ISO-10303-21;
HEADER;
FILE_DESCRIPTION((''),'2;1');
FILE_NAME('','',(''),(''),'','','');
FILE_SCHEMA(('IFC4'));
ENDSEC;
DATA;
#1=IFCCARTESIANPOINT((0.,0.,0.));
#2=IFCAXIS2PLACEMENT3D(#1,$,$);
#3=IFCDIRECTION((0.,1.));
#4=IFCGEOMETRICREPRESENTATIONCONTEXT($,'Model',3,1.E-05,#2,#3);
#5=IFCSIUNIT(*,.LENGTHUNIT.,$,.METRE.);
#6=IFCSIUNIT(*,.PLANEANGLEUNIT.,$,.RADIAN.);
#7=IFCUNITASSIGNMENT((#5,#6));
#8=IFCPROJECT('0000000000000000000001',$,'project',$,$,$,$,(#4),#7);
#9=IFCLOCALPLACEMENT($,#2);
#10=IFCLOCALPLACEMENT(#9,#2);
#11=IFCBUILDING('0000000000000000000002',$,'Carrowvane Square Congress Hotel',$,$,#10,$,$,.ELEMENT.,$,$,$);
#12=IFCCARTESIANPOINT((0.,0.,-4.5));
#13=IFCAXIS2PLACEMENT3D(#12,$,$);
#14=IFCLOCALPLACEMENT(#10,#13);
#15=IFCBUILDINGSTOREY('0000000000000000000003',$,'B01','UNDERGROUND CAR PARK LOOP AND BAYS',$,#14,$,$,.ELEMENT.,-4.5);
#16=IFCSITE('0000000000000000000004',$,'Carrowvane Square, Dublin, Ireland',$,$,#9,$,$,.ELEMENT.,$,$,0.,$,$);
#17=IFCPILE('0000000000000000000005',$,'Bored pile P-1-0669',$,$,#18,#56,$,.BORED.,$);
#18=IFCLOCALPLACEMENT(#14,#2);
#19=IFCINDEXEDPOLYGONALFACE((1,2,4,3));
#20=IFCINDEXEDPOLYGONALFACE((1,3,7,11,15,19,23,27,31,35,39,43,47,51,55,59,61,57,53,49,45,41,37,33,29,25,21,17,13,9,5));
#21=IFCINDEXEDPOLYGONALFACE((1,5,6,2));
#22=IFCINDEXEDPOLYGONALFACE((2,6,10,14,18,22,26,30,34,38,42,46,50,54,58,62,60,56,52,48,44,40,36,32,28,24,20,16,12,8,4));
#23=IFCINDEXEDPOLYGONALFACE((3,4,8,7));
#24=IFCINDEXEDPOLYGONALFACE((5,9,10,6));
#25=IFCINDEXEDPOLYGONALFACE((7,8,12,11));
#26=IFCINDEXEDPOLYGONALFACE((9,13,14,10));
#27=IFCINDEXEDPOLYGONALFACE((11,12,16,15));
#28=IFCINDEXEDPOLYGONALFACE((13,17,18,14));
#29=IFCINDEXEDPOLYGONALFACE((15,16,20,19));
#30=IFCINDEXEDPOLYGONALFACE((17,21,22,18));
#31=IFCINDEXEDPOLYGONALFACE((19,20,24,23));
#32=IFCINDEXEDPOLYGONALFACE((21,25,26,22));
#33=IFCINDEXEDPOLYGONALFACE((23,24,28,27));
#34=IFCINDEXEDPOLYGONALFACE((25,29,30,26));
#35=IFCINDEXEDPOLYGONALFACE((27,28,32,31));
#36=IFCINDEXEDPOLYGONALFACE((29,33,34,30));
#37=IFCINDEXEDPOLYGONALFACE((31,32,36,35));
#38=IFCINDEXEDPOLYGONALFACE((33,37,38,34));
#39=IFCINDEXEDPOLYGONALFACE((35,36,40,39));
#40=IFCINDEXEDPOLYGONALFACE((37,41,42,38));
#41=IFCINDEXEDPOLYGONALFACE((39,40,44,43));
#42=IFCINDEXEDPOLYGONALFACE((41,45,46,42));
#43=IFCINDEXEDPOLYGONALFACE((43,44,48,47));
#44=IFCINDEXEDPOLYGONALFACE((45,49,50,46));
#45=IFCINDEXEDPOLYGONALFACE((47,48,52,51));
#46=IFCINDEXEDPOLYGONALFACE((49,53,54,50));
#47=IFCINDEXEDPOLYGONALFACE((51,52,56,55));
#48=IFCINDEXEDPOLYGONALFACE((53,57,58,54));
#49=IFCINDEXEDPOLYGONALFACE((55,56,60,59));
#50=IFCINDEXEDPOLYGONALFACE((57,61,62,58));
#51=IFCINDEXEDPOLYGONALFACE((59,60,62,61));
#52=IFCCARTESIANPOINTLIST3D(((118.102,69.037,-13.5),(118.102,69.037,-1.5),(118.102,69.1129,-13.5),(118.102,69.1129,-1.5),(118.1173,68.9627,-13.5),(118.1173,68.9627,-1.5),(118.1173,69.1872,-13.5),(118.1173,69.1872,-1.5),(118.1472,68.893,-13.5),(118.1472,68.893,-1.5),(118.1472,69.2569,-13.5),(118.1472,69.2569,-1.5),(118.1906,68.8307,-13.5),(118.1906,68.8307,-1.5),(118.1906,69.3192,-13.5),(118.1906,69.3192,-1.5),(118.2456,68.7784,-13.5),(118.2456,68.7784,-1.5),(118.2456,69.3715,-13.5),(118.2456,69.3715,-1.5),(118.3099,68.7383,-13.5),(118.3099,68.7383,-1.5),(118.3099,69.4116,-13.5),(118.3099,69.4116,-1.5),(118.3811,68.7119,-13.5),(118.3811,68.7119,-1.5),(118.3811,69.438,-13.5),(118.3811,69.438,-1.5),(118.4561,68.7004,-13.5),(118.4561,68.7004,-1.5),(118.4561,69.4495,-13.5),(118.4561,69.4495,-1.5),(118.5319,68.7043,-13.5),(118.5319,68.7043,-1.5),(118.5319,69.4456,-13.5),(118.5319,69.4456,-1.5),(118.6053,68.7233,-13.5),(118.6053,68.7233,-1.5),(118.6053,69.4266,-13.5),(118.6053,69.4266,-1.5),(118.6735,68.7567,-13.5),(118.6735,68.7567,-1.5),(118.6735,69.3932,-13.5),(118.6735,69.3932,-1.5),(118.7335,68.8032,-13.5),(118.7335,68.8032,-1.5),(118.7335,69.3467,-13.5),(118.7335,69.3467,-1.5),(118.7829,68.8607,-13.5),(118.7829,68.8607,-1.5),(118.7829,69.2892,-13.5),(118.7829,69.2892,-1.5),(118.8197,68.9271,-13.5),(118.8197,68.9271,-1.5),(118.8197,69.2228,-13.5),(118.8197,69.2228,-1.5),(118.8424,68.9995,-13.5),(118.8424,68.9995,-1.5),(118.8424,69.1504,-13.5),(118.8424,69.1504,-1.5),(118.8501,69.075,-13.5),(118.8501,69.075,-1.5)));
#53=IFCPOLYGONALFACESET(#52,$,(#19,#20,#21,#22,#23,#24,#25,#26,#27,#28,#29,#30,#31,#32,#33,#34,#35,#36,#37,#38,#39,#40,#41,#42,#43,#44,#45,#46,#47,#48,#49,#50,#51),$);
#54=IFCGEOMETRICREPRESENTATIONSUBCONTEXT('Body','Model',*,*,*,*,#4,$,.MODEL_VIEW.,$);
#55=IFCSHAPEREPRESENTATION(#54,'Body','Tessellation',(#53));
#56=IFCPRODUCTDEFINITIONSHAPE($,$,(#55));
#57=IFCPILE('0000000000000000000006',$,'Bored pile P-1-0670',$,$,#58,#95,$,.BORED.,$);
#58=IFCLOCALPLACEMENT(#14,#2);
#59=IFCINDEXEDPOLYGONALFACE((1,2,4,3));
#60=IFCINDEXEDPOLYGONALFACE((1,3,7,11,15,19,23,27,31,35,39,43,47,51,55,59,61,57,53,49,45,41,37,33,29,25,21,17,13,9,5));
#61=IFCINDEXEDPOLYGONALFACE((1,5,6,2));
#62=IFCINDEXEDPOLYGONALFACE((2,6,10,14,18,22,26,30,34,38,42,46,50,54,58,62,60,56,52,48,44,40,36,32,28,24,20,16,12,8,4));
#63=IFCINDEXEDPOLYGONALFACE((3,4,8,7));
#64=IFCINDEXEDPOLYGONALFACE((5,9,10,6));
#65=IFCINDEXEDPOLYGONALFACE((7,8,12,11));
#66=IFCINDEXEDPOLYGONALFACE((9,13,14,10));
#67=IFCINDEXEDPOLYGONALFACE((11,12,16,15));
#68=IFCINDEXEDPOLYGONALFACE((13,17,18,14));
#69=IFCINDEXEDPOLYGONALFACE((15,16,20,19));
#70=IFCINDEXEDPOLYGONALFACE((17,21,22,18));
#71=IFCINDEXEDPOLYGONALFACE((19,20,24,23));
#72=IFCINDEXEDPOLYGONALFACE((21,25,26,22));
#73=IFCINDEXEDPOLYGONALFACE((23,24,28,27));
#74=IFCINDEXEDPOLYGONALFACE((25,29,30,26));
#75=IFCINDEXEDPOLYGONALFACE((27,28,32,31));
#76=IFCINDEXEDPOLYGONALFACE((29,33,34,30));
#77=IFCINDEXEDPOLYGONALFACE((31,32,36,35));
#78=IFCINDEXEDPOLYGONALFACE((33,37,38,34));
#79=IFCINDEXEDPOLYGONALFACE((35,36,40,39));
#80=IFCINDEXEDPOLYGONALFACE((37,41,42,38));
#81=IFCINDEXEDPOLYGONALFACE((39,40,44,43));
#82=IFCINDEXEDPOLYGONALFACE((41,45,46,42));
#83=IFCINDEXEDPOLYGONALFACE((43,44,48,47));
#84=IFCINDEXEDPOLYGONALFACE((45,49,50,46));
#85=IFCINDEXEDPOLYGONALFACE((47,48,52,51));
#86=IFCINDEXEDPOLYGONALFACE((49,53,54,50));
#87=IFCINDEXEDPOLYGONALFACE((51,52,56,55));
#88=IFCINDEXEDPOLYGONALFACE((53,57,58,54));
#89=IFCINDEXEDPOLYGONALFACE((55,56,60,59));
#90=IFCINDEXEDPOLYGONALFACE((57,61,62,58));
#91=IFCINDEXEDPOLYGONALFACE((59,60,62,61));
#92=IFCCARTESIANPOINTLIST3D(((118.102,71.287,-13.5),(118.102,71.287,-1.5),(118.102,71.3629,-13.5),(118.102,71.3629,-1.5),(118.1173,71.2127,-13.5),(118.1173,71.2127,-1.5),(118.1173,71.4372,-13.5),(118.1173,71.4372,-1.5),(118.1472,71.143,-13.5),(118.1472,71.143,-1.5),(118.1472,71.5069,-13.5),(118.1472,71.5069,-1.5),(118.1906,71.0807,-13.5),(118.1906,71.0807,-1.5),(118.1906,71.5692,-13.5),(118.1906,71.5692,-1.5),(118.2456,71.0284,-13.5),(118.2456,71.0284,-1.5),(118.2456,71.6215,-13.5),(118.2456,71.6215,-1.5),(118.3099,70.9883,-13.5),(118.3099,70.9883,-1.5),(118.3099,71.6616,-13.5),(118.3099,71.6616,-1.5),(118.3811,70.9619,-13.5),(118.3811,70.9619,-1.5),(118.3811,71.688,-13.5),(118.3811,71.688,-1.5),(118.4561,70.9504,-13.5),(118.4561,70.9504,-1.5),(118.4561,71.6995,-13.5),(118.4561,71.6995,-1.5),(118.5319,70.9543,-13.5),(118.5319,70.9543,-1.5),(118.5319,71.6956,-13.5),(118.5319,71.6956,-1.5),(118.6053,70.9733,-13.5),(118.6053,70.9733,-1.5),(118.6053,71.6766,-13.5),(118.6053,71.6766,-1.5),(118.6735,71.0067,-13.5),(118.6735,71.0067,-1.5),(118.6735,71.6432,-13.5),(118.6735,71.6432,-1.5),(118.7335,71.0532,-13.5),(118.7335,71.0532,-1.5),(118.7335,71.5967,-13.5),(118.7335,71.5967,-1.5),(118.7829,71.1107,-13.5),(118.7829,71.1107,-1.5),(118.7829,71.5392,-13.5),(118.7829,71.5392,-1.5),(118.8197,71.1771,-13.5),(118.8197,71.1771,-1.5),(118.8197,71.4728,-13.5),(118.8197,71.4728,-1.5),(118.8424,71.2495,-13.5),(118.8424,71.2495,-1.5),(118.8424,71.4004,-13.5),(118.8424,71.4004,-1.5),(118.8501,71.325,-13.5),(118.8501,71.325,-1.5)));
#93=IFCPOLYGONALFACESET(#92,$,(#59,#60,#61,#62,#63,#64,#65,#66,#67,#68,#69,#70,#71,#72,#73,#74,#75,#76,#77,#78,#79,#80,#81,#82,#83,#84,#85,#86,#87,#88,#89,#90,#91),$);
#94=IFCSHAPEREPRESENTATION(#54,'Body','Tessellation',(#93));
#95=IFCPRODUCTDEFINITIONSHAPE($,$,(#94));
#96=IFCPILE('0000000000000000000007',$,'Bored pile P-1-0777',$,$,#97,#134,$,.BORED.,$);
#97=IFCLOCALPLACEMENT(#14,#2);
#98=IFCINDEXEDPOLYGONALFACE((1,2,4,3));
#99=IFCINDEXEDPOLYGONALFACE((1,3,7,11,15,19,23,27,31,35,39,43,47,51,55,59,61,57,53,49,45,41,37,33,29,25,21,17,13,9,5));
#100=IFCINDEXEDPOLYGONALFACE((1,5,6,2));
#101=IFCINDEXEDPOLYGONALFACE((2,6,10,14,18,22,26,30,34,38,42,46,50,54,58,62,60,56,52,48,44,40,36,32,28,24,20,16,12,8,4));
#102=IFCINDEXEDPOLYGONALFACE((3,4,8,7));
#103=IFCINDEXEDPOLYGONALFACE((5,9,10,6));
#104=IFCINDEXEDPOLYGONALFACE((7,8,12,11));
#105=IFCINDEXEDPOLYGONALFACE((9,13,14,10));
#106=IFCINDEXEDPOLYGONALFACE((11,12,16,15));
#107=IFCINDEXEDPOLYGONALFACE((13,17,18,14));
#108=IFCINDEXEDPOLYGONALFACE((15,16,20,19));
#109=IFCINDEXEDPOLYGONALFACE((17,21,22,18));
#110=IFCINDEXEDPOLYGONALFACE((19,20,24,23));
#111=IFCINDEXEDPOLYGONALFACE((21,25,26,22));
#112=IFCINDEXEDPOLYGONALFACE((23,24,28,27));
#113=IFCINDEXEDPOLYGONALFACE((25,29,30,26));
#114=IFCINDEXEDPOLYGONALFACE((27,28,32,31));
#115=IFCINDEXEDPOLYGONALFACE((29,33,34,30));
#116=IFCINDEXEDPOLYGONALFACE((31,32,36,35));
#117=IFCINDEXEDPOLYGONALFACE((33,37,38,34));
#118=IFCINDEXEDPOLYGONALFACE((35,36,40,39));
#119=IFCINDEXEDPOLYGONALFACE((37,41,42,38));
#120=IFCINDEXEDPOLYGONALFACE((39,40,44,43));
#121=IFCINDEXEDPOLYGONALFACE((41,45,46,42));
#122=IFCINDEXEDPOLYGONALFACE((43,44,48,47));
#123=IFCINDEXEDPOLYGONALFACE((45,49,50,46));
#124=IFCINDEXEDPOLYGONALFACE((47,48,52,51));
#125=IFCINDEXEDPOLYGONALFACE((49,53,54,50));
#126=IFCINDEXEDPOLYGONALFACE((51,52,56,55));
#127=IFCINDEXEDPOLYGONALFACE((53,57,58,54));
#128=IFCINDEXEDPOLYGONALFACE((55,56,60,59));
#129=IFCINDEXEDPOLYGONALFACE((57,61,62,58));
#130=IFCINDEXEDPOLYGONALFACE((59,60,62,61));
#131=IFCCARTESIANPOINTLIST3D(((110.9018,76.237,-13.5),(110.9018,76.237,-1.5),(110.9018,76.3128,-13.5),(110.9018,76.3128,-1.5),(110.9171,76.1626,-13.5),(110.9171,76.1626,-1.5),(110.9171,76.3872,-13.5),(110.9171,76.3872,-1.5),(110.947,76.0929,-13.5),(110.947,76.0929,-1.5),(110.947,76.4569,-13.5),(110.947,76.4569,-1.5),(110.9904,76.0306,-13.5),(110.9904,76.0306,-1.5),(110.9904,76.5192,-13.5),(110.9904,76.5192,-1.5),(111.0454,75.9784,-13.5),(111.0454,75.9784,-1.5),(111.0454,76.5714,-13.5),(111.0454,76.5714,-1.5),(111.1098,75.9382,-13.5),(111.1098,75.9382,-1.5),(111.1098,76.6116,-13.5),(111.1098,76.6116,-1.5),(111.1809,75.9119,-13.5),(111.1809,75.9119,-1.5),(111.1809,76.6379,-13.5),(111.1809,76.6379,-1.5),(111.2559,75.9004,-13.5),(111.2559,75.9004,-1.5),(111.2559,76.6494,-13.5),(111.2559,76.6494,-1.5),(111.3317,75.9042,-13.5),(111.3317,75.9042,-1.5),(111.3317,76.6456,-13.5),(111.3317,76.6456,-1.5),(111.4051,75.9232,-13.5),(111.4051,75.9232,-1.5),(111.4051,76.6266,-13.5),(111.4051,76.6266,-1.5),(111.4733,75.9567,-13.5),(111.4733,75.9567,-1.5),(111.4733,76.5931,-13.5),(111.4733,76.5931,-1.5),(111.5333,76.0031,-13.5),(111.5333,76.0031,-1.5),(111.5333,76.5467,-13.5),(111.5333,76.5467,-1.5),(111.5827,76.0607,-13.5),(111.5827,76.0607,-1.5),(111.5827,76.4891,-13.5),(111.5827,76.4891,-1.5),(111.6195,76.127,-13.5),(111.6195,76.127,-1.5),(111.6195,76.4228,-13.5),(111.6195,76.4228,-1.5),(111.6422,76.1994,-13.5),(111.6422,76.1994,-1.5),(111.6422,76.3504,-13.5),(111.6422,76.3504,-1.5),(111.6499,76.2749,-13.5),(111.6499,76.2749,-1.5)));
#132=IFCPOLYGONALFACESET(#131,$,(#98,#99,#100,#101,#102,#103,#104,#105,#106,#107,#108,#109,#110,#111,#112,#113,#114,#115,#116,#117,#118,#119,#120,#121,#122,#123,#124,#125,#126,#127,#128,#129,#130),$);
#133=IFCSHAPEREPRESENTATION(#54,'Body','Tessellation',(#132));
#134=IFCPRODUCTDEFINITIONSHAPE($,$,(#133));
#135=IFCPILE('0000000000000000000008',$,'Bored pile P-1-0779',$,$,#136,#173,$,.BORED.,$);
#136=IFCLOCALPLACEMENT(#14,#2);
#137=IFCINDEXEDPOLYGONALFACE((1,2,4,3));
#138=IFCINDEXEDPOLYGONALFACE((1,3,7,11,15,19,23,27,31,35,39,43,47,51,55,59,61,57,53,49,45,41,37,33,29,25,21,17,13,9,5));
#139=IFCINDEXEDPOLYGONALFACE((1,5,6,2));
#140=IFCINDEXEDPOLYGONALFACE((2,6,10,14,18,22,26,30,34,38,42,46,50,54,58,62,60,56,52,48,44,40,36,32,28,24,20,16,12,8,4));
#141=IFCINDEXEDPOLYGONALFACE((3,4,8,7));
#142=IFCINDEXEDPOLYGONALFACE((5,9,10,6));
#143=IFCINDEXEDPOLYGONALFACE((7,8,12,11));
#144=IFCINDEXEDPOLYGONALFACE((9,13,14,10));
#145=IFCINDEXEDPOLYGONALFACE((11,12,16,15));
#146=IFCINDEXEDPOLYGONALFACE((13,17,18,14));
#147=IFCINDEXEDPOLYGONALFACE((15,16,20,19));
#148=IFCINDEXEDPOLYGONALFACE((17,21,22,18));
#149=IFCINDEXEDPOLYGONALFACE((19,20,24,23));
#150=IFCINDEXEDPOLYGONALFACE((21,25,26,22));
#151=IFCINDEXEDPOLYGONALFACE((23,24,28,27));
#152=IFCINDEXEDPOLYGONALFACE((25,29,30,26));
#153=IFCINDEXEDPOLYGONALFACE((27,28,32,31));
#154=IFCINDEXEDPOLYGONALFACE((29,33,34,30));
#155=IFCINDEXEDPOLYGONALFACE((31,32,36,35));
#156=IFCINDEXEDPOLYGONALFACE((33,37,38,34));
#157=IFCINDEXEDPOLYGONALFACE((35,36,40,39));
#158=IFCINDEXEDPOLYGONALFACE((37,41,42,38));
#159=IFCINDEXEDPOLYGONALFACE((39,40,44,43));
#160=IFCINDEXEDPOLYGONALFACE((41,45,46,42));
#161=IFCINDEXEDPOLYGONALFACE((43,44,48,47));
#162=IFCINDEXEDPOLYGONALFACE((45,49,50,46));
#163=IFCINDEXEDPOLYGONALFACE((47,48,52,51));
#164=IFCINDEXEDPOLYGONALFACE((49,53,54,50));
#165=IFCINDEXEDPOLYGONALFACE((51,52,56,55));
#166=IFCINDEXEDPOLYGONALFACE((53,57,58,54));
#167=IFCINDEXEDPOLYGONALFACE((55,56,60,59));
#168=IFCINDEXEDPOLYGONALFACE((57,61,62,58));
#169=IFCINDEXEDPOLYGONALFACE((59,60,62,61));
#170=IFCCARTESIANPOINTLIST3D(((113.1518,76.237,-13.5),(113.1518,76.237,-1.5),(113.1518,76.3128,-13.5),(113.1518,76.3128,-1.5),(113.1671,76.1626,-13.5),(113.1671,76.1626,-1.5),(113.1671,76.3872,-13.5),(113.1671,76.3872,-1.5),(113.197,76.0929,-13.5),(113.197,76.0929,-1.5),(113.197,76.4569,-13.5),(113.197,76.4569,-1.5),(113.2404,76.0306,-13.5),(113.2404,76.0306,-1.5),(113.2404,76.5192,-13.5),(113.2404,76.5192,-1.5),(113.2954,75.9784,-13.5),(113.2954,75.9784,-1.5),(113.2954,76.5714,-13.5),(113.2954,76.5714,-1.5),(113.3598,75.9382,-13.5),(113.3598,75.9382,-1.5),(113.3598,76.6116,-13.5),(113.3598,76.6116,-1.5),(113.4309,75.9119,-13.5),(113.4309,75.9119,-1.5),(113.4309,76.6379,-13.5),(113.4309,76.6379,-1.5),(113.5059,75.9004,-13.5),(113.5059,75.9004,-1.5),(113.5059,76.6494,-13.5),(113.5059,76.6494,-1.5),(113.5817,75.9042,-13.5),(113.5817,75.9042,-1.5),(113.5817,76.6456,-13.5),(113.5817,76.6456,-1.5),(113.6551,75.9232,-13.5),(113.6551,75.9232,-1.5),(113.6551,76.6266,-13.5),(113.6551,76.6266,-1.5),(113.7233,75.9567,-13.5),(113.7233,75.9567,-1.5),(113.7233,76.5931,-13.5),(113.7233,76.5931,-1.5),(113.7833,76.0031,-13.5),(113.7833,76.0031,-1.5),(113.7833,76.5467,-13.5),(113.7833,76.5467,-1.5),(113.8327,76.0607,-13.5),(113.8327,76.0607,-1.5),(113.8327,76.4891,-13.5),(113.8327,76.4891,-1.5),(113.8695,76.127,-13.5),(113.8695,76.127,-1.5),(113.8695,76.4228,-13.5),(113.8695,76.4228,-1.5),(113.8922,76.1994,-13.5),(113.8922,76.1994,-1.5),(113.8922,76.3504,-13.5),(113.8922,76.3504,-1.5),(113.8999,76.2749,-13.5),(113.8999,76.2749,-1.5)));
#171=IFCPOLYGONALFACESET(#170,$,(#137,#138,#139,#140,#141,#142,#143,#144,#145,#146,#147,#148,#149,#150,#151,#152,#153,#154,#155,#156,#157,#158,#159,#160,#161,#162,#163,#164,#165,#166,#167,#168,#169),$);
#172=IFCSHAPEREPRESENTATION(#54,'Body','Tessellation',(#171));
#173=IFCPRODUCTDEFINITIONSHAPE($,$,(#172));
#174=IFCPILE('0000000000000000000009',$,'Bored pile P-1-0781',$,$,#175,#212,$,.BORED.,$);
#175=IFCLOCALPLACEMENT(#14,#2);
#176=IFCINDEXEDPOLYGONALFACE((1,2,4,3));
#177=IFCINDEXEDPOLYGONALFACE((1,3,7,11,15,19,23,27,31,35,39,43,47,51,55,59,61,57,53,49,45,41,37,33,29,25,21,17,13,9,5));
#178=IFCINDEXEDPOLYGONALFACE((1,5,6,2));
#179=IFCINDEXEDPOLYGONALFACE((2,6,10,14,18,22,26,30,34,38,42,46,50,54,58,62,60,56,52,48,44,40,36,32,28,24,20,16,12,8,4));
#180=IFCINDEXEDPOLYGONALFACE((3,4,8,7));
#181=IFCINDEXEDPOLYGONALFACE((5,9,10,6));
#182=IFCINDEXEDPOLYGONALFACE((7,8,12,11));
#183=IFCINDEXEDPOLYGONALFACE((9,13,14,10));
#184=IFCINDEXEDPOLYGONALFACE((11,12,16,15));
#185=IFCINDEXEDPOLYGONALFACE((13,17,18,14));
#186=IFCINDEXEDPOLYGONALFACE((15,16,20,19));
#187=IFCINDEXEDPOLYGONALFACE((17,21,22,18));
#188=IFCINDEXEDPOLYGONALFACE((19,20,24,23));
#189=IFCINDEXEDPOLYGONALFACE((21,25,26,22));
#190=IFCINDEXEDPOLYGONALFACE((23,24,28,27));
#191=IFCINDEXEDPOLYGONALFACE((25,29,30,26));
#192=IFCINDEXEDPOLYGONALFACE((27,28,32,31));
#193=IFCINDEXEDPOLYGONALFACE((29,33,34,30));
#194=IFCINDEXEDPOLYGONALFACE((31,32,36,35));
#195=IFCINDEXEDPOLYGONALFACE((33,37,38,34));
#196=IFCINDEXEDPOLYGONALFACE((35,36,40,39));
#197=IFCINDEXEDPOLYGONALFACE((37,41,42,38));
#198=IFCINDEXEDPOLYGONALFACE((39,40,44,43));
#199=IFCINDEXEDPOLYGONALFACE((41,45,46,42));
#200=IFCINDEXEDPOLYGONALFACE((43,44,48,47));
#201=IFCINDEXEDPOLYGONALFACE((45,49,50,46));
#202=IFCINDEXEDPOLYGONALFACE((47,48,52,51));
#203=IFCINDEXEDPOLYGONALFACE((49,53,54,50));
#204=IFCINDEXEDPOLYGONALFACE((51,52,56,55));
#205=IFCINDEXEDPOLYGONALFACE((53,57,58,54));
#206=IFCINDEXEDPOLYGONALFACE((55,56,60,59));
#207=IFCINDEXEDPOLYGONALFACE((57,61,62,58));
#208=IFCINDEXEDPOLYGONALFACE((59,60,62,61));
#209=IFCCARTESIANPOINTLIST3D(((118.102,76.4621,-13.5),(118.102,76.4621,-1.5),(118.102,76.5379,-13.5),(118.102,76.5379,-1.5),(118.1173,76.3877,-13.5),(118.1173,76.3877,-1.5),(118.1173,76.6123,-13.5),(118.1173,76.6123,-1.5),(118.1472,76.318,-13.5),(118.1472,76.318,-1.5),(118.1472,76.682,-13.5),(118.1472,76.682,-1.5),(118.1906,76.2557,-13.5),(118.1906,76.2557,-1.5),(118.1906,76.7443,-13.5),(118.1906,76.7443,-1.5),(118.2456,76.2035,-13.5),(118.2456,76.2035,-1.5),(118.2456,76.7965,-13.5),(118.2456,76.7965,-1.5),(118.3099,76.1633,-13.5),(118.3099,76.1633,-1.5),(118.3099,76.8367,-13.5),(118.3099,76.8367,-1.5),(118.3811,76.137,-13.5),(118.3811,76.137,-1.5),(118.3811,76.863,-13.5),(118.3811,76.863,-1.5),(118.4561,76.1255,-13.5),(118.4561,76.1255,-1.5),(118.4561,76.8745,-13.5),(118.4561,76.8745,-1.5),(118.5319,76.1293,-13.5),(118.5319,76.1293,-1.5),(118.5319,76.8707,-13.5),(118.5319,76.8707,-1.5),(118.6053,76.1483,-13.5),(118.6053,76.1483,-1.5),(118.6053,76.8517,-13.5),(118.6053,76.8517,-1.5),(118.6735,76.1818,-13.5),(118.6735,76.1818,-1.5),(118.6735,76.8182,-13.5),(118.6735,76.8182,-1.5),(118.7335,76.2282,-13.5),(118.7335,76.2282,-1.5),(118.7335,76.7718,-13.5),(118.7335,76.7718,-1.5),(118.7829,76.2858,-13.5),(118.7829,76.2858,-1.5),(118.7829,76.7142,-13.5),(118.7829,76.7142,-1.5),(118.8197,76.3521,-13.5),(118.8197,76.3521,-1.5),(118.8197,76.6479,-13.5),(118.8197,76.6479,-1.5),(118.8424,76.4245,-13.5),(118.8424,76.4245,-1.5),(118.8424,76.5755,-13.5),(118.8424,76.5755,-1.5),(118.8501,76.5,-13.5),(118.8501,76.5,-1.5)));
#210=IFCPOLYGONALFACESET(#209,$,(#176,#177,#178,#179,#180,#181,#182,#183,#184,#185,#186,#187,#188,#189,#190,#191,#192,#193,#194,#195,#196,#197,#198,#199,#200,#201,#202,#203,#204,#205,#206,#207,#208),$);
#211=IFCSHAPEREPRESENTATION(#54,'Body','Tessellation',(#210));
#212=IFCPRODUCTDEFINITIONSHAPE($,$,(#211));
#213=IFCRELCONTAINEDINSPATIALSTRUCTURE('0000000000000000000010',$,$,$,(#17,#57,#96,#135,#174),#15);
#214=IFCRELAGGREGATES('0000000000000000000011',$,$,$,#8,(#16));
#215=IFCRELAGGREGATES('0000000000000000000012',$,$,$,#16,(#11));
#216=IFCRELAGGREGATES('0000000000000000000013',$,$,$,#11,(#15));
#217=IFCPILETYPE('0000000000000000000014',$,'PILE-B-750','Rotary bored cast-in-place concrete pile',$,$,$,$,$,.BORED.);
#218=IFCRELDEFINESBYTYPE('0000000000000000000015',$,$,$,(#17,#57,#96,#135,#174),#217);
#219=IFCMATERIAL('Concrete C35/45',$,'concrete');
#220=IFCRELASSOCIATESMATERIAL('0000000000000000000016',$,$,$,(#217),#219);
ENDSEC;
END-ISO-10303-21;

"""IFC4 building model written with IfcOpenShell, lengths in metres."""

from ifc_helpers import new_model, si_unit, direction, frame, origin, origin_2d, place, context, subcontext, project, spatial, circle, extrude, material, material_profile, profile_set, type_object, element, save


model = new_model("IFC4")

# Units and contexts
model_context = context("Model", 3, precision=1e-05, world=origin(), true_north=direction((0.0, 1.0)))
body_context = subcontext(model_context, "Body", "Model", "MODEL_VIEW")
ifc_project = project(units=[si_unit("LENGTHUNIT", "METRE"), si_unit("PLANEANGLEUNIT", "RADIAN")], contexts=[model_context])

# Site, building, storey
site_placement = place(None, origin())
site = spatial("IfcSite", under=ifc_project, at=site_placement, Name="Carrowvane Square, Dublin, Ireland", CompositionType="ELEMENT", RefElevation=0.0)
building_placement = place(site_placement, origin())
building = spatial("IfcBuilding", under=site, at=building_placement, Name="Carrowvane Square Congress Hotel", CompositionType="ELEMENT")
storey_placement = place(building_placement, frame((0.0, 0.0, -4.5)))
storey = spatial("IfcBuildingStorey", under=building, at=storey_placement, Name="B01", Description="UNDERGROUND CAR PARK LOOP AND BAYS", CompositionType="ELEMENT", Elevation=-4.5)

# Piles
ifc_material_1 = material(Name="Concrete C35/45", Category="concrete")
ifc_material_profile_1 = material_profile(ifc_material_1, circle(Radius=0.375, at=origin_2d()), Name="PILE D750")
ifc_profile_set_1 = profile_set([ifc_material_profile_1], Name="Concrete C35/45")
pile_type = type_object("IfcPileType", Name="PILE-B-750", Description="Rotary bored cast-in-place concrete pile", PredefinedType="BORED", material=ifc_profile_set_1)
for number, where, z_axis, x_axis, name in (
    (1, (118.4751, 69.075, -1.5), (0.0, 0.0, -1.0), (1.0, 0.0, 0.0), "Bored pile P-1-0669"),
    (2, (118.4751, 71.325, -1.5), (0.0, 0.0, -1.0), (1.0, 0.0, 0.0), "Bored pile P-1-0670"),
    (3, (111.2749, 76.2749, -1.5), (0.0, 0.0, -1.0), (1.0, 0.0, 0.0), "Bored pile P-1-0777"),
    (4, (113.5249, 76.2749, -1.5), (0.0, 0.0, -1.0), (1.0, 0.0, 0.0), "Bored pile P-1-0779"),
    (5, (118.4751, 76.5, -1.5), (0.0, 0.0, -1.0), (1.0, 0.0, 0.0), "Bored pile P-1-0781"),
):
    element("IfcPile", number, at=place(storey_placement, frame(where, z_axis=z_axis, x_axis=x_axis)), inside=storey, type_object=pile_type, Name=name, PredefinedType="BORED", context=body_context, shape_type="SweptSolid", body=[
        extrude(circle(Radius=0.375, at=origin_2d()), origin(), (0.0, 0.0, 1.0), 12.0),
    ])

save(model, "model.ifc")
